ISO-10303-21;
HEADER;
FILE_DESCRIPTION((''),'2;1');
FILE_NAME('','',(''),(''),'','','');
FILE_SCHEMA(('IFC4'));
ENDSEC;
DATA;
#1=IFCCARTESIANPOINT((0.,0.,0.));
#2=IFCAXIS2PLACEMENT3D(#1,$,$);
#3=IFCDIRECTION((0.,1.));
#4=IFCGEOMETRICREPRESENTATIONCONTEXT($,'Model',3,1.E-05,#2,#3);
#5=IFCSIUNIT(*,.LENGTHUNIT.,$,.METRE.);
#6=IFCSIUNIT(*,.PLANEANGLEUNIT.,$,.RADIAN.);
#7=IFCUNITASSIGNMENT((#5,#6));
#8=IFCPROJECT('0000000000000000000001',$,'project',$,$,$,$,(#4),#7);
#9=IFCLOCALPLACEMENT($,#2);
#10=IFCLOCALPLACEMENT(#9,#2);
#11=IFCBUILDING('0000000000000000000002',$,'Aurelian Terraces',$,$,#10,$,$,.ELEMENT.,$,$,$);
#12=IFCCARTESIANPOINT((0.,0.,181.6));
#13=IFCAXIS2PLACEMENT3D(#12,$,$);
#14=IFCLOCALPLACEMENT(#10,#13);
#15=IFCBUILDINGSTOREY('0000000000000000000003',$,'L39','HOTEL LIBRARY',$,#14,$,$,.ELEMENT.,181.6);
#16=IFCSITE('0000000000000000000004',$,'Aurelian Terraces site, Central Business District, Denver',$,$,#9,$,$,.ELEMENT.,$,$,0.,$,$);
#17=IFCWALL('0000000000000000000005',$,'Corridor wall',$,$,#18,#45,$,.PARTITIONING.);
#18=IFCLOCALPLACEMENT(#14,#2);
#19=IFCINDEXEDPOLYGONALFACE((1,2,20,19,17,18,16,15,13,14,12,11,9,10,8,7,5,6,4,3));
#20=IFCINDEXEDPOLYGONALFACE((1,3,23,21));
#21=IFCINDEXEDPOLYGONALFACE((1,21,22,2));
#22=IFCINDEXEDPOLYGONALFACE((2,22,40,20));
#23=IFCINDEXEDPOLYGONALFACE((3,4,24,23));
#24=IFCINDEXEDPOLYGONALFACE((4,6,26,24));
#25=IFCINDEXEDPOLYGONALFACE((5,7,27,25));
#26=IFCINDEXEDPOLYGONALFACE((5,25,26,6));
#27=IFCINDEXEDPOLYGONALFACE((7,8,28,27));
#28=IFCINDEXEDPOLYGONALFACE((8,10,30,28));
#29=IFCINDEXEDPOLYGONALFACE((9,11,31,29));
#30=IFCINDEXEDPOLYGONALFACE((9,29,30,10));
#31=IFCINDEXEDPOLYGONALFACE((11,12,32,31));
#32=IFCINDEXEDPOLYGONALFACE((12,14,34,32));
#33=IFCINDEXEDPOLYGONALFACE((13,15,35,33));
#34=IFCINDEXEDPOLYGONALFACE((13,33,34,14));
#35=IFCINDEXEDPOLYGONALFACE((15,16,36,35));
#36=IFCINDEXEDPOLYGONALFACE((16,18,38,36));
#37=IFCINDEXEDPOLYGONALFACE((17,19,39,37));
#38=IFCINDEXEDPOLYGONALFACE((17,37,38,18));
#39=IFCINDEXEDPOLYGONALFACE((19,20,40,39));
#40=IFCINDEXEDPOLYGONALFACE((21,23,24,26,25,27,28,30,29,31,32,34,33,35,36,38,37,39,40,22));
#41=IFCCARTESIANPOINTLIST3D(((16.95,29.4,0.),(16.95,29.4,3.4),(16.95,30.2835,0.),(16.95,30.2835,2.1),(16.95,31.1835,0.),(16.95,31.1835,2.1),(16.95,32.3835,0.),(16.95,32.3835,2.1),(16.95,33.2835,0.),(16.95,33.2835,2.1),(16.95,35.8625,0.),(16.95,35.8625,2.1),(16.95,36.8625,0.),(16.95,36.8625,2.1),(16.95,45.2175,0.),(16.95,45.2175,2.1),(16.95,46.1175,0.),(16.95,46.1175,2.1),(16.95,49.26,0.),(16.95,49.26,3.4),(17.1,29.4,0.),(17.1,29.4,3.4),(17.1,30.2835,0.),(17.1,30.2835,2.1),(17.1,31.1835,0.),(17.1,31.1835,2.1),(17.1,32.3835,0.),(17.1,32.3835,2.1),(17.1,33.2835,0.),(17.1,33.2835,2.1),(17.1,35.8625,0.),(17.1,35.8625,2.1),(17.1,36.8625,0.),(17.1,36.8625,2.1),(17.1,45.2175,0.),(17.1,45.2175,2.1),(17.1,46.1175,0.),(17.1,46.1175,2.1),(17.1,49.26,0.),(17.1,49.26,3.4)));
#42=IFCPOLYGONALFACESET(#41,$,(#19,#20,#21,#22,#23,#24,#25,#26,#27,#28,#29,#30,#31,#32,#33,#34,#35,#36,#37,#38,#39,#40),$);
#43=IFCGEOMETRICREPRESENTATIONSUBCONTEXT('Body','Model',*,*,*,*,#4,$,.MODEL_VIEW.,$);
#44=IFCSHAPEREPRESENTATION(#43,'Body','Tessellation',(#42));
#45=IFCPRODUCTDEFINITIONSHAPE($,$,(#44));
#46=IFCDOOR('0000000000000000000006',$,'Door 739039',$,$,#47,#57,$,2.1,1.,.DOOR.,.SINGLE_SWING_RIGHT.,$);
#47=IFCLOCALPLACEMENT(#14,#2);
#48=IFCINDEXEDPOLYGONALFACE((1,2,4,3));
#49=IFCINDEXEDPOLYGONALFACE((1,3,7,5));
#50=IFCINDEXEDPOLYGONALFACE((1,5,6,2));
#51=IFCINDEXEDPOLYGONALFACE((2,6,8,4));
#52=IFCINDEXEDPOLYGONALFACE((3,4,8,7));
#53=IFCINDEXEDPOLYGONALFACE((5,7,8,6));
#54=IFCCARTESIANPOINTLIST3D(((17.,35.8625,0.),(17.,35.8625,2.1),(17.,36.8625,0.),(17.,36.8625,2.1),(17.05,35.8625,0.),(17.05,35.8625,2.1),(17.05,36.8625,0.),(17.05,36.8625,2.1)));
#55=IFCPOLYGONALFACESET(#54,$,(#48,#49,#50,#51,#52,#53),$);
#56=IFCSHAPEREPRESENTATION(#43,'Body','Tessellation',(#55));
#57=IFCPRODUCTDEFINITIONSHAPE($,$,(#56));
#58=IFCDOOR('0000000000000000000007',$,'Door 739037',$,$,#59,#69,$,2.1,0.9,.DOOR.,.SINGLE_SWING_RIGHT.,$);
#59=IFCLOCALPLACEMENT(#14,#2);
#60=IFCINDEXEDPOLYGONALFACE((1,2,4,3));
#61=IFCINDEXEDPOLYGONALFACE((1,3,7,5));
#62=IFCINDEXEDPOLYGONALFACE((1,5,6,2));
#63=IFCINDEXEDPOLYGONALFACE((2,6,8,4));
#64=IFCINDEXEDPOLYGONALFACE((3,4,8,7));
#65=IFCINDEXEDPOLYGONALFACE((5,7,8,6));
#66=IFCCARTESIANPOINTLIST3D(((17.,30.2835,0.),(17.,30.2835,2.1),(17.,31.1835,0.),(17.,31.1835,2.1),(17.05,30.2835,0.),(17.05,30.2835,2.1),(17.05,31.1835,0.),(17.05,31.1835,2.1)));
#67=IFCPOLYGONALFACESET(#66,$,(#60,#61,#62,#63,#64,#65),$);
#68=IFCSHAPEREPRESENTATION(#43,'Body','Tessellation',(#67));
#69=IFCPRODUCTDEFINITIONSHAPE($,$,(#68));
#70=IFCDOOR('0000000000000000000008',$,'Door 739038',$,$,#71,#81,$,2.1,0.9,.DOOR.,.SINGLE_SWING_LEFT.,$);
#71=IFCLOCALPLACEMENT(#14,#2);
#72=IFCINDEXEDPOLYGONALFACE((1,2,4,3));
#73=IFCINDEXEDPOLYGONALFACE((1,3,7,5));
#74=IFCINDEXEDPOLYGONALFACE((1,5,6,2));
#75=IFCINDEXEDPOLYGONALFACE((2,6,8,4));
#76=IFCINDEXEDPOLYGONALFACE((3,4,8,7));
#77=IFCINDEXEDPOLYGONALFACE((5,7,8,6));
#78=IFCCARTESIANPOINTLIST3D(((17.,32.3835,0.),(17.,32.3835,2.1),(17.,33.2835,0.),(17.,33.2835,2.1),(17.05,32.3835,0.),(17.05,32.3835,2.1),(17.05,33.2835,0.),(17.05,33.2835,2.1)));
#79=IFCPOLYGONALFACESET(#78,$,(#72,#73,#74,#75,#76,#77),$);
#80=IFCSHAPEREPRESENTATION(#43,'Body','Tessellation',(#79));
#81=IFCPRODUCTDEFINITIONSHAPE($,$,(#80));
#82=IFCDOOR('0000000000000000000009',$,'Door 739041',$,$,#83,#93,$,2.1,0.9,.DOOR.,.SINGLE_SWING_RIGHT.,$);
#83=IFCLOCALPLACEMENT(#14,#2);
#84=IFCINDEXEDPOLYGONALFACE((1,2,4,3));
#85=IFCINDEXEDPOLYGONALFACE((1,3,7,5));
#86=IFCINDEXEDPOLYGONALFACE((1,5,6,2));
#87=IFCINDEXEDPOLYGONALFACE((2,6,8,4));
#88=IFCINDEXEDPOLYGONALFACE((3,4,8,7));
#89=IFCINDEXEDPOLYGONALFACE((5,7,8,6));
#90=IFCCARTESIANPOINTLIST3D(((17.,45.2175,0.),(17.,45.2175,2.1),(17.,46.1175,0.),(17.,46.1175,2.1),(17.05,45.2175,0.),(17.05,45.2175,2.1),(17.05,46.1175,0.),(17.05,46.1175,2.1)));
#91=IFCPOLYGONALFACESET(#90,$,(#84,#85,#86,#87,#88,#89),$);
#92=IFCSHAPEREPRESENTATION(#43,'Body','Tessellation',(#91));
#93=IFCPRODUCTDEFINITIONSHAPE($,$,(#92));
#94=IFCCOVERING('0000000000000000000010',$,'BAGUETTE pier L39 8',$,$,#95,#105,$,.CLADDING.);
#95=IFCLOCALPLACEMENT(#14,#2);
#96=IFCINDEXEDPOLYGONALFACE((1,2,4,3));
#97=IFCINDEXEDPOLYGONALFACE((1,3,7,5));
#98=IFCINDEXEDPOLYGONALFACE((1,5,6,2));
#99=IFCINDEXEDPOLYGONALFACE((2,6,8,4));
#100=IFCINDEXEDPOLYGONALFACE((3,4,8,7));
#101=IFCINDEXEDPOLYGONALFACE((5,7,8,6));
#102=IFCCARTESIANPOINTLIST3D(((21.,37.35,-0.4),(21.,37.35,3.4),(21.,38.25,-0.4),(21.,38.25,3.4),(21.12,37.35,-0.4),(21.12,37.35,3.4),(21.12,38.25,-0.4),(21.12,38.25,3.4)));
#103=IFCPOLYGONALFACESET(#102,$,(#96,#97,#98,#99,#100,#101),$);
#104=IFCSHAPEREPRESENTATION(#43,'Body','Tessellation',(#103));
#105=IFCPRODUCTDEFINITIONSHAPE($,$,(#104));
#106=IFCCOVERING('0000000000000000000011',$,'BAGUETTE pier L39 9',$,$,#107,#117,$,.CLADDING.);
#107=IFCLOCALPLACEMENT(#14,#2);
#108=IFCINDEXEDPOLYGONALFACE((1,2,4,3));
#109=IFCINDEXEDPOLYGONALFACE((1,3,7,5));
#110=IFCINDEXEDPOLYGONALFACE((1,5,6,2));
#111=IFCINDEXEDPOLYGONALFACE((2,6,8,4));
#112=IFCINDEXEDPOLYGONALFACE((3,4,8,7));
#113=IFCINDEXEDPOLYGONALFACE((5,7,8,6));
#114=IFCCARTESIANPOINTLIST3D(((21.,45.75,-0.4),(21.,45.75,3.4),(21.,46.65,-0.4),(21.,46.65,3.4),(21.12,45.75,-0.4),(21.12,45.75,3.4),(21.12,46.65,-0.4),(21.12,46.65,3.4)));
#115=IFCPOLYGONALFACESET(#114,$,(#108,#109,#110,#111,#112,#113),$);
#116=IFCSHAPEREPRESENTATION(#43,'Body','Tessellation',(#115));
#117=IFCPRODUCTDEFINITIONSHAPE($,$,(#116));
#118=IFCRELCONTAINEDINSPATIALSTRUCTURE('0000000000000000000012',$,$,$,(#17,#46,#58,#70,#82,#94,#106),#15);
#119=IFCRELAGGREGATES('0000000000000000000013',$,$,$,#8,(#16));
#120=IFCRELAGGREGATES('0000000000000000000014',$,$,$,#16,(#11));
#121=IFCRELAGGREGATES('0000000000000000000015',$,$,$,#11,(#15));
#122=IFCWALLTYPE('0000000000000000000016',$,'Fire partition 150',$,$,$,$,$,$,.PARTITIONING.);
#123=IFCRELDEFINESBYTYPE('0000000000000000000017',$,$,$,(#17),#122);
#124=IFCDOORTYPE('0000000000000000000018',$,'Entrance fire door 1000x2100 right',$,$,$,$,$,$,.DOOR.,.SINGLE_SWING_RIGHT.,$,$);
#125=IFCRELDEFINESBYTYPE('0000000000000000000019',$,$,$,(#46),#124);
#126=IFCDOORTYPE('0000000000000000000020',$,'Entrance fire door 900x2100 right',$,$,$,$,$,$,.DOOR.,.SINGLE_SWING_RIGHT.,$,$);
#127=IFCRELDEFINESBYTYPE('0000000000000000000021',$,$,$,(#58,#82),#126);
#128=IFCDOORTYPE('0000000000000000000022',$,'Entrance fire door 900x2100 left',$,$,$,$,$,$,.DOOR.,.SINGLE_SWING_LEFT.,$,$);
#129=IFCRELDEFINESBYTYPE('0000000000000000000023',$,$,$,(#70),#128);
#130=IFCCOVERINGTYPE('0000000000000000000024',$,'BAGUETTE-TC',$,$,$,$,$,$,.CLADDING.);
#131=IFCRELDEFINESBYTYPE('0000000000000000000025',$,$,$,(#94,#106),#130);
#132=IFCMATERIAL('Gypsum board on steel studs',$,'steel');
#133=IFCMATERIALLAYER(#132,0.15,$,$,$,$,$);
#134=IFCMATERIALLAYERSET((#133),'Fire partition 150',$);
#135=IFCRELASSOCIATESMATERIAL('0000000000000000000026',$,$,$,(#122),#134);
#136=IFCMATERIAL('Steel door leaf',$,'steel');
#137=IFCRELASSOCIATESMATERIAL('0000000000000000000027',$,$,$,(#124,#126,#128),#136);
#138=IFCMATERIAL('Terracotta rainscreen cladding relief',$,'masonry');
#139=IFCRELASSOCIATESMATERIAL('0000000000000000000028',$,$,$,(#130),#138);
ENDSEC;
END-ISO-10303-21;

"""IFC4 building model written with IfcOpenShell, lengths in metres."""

from ifc_helpers import new_model, si_unit, direction, frame, frame_2d, origin, origin_2d, place, context, subcontext, project, spatial, rectangle, extrude, source, transform, mapped, material, layer, layer_set, type_object, element, fill, save


model = new_model("IFC4")

# Units and contexts
model_context = context("Model", 3, precision=1e-05, world=origin(), true_north=direction((0.0, 1.0)))
body_context = subcontext(model_context, "Body", "Model", "MODEL_VIEW")
ifc_project = project(units=[si_unit("LENGTHUNIT", "METRE"), si_unit("PLANEANGLEUNIT", "RADIAN")], contexts=[model_context])

# Site, building, storey
site_placement = place(None, origin())
site = spatial("IfcSite", under=ifc_project, at=site_placement, Name="Aurelian Terraces site, Central Business District, Denver", CompositionType="ELEMENT", RefElevation=0.0)
building_placement = place(site_placement, origin())
building = spatial("IfcBuilding", under=site, at=building_placement, Name="Aurelian Terraces", CompositionType="ELEMENT")
storey_placement = place(building_placement, frame((0.0, 0.0, 181.6)))
storey = spatial("IfcBuildingStorey", under=building, at=storey_placement, Name="L39", Description="HOTEL LIBRARY", CompositionType="ELEMENT", Elevation=181.6)

# Shared definitions
ifc_material_1 = material(Name="Gypsum board on steel studs", Category="steel")

# Shared definitions
shared_shape_1 = source(origin(), body_context, "Body", "SweptSolid", [
    extrude(rectangle(XDim=0.9, YDim=2.1, at=frame_2d((0.45, 1.05))), frame((0.0, 0.085, 0.0), z_axis=(0.0, -1.0, 0.0), x_axis=(1.0, 0.0, 0.0)), (0.0, 0.0, 1.0), 0.17),
])
shared_shape_2 = source(origin(), body_context, "Body", "SweptSolid", [
    extrude(rectangle(XDim=0.9, YDim=2.1, at=frame_2d((0.45, 1.05))), frame((0.0, 0.025, 0.0), z_axis=(0.0, -1.0, 0.0), x_axis=(1.0, 0.0, 0.0)), (0.0, 0.0, 1.0), 0.05),
])

# Shared definitions
ifc_layer_1 = layer(ifc_material_1, 0.15)
ifc_layer_set_1 = layer_set([ifc_layer_1], Name="Fire partition 150")
wall_type_1 = type_object("IfcWallType", Name="Fire partition 150", PredefinedType="PARTITIONING", material=ifc_layer_set_1)

# Wall, openings, doors
shared_shape_3 = source(origin(), body_context, "Body", "SweptSolid", [
    extrude(rectangle(XDim=19.86, YDim=0.15, at=frame_2d((9.93, 0.0))), origin(), (0.0, 0.0, 1.0), 3.4),
])
wall_1_placement = place(storey_placement, frame((17.025, 49.26, 0.0), z_axis=(0.0, 0.0, 1.0), x_axis=(0.0, -1.0, 0.0)))
wall_1 = element("IfcWall", 1, at=wall_1_placement, inside=storey, type_object=wall_type_1, Name="Corridor wall", PredefinedType="PARTITIONING", context=body_context, shape_type="MappedRepresentation", body=[
    mapped(shared_shape_3, transform((0.0, 0.0, 0.0), scale=1.0)),
])
opening_1_placement = place(wall_1_placement, frame((18.0765, 0.0, 0.0)))
opening_1 = element("IfcOpeningElement", 2, at=opening_1_placement, cuts=wall_1, PredefinedType="OPENING", context=body_context, shape_type="MappedRepresentation", body=[
    mapped(shared_shape_1, transform((0.0, 0.0, 0.0), scale=1.0)),
])
opening_2_placement = place(wall_1_placement, frame((15.9765, 0.0, 0.0)))
opening_2 = element("IfcOpeningElement", 3, at=opening_2_placement, cuts=wall_1, PredefinedType="OPENING", context=body_context, shape_type="MappedRepresentation", body=[
    mapped(shared_shape_1, transform((0.0, 0.0, 0.0), scale=1.0)),
])
shared_shape_4 = source(origin(), body_context, "Body", "SweptSolid", [
    extrude(rectangle(XDim=1.0, YDim=2.1, at=frame_2d((0.5, 1.05))), frame((0.0, 0.085, 0.0), z_axis=(0.0, -1.0, 0.0), x_axis=(1.0, 0.0, 0.0)), (0.0, 0.0, 1.0), 0.17),
])
opening_3_placement = place(wall_1_placement, frame((12.3975, 0.0, 0.0)))
opening_3 = element("IfcOpeningElement", 4, at=opening_3_placement, cuts=wall_1, PredefinedType="OPENING", context=body_context, shape_type="MappedRepresentation", body=[
    mapped(shared_shape_4, transform((0.0, 0.0, 0.0), scale=1.0)),
])
opening_4_placement = place(wall_1_placement, frame((3.1425, 0.0, 0.0)))
opening_4 = element("IfcOpeningElement", 5, at=opening_4_placement, cuts=wall_1, PredefinedType="OPENING", context=body_context, shape_type="MappedRepresentation", body=[
    mapped(shared_shape_1, transform((0.0, 0.0, 0.0), scale=1.0)),
])
ifc_material_2 = material(Name="Steel door leaf", Category="steel")
door_type_1 = type_object("IfcDoorType", Name="Entrance fire door 1000x2100 right", OperationType="SINGLE_SWING_RIGHT", PredefinedType="DOOR", material=ifc_material_2)
shared_shape_5 = source(origin(), body_context, "Body", "SweptSolid", [
    extrude(rectangle(XDim=1.0, YDim=2.1, at=frame_2d((0.5, 1.05))), frame((0.0, 0.025, 0.0), z_axis=(0.0, -1.0, 0.0), x_axis=(1.0, 0.0, 0.0)), (0.0, 0.0, 1.0), 0.05),
])
door_1_placement = place(opening_3_placement, origin())
door_1 = element("IfcDoor", 6, at=door_1_placement, inside=storey, type_object=door_type_1, Name="Door 739039", OperationType="SINGLE_SWING_RIGHT", OverallHeight=2.1, OverallWidth=1.0, PredefinedType="DOOR", context=body_context, shape_type="MappedRepresentation", body=[
    mapped(shared_shape_5, transform((0.0, 0.0, 0.0), scale=1.0)),
])
fill(opening_3, door_1)
door_type_2 = type_object("IfcDoorType", Name="Entrance fire door 900x2100 right", OperationType="SINGLE_SWING_RIGHT", PredefinedType="DOOR", material=ifc_material_2)
door_2_placement = place(opening_1_placement, origin())
door_2 = element("IfcDoor", 7, at=door_2_placement, inside=storey, type_object=door_type_2, Name="Door 739037", OperationType="SINGLE_SWING_RIGHT", OverallHeight=2.1, OverallWidth=0.9, PredefinedType="DOOR", context=body_context, shape_type="MappedRepresentation", body=[
    mapped(shared_shape_2, transform((0.0, 0.0, 0.0), scale=1.0)),
])
fill(opening_1, door_2)
door_type_3 = type_object("IfcDoorType", Name="Entrance fire door 900x2100 left", OperationType="SINGLE_SWING_LEFT", PredefinedType="DOOR", material=ifc_material_2)
door_3_placement = place(opening_2_placement, origin())
door_3 = element("IfcDoor", 8, at=door_3_placement, inside=storey, type_object=door_type_3, Name="Door 739038", OperationType="SINGLE_SWING_LEFT", OverallHeight=2.1, OverallWidth=0.9, PredefinedType="DOOR", context=body_context, shape_type="MappedRepresentation", body=[
    mapped(shared_shape_2, transform((0.0, 0.0, 0.0), scale=1.0)),
])
fill(opening_2, door_3)
door_4_placement = place(opening_4_placement, origin())
door_4 = element("IfcDoor", 9, at=door_4_placement, inside=storey, type_object=door_type_2, Name="Door 739041", OperationType="SINGLE_SWING_RIGHT", OverallHeight=2.1, OverallWidth=0.9, PredefinedType="DOOR", context=body_context, shape_type="MappedRepresentation", body=[
    mapped(shared_shape_2, transform((0.0, 0.0, 0.0), scale=1.0)),
])
fill(opening_4, door_4)

# Coverings
ifc_material_3 = material(Name="Terracotta rainscreen cladding relief", Category="masonry")
covering_type = type_object("IfcCoveringType", Name="BAGUETTE-TC", PredefinedType="CLADDING", material=ifc_material_3)
shared_shape_6 = source(origin(), body_context, "Body", "SweptSolid", [
    extrude(rectangle(XDim=0.12, YDim=0.9, at=origin_2d()), origin(), (0.0, 0.0, 1.0), 3.8),
])
for number, where, z_axis, x_axis, name in (
    (10, (21.06, 37.8, -0.4), (0.0, 0.0, 1.0), (1.0, 0.0, 0.0), "BAGUETTE pier L39 8"),
    (11, (21.06, 46.2, -0.4), (0.0, 0.0, 1.0), (1.0, 0.0, 0.0), "BAGUETTE pier L39 9"),
):
    element("IfcCovering", number, at=place(storey_placement, frame(where, z_axis=z_axis, x_axis=x_axis)), inside=storey, type_object=covering_type, Name=name, PredefinedType="CLADDING", context=body_context, shape_type="MappedRepresentation", body=[
        mapped(shared_shape_6, transform((0.0, 0.0, 0.0), scale=1.0)),
    ])

save(model, "model.ifc")
